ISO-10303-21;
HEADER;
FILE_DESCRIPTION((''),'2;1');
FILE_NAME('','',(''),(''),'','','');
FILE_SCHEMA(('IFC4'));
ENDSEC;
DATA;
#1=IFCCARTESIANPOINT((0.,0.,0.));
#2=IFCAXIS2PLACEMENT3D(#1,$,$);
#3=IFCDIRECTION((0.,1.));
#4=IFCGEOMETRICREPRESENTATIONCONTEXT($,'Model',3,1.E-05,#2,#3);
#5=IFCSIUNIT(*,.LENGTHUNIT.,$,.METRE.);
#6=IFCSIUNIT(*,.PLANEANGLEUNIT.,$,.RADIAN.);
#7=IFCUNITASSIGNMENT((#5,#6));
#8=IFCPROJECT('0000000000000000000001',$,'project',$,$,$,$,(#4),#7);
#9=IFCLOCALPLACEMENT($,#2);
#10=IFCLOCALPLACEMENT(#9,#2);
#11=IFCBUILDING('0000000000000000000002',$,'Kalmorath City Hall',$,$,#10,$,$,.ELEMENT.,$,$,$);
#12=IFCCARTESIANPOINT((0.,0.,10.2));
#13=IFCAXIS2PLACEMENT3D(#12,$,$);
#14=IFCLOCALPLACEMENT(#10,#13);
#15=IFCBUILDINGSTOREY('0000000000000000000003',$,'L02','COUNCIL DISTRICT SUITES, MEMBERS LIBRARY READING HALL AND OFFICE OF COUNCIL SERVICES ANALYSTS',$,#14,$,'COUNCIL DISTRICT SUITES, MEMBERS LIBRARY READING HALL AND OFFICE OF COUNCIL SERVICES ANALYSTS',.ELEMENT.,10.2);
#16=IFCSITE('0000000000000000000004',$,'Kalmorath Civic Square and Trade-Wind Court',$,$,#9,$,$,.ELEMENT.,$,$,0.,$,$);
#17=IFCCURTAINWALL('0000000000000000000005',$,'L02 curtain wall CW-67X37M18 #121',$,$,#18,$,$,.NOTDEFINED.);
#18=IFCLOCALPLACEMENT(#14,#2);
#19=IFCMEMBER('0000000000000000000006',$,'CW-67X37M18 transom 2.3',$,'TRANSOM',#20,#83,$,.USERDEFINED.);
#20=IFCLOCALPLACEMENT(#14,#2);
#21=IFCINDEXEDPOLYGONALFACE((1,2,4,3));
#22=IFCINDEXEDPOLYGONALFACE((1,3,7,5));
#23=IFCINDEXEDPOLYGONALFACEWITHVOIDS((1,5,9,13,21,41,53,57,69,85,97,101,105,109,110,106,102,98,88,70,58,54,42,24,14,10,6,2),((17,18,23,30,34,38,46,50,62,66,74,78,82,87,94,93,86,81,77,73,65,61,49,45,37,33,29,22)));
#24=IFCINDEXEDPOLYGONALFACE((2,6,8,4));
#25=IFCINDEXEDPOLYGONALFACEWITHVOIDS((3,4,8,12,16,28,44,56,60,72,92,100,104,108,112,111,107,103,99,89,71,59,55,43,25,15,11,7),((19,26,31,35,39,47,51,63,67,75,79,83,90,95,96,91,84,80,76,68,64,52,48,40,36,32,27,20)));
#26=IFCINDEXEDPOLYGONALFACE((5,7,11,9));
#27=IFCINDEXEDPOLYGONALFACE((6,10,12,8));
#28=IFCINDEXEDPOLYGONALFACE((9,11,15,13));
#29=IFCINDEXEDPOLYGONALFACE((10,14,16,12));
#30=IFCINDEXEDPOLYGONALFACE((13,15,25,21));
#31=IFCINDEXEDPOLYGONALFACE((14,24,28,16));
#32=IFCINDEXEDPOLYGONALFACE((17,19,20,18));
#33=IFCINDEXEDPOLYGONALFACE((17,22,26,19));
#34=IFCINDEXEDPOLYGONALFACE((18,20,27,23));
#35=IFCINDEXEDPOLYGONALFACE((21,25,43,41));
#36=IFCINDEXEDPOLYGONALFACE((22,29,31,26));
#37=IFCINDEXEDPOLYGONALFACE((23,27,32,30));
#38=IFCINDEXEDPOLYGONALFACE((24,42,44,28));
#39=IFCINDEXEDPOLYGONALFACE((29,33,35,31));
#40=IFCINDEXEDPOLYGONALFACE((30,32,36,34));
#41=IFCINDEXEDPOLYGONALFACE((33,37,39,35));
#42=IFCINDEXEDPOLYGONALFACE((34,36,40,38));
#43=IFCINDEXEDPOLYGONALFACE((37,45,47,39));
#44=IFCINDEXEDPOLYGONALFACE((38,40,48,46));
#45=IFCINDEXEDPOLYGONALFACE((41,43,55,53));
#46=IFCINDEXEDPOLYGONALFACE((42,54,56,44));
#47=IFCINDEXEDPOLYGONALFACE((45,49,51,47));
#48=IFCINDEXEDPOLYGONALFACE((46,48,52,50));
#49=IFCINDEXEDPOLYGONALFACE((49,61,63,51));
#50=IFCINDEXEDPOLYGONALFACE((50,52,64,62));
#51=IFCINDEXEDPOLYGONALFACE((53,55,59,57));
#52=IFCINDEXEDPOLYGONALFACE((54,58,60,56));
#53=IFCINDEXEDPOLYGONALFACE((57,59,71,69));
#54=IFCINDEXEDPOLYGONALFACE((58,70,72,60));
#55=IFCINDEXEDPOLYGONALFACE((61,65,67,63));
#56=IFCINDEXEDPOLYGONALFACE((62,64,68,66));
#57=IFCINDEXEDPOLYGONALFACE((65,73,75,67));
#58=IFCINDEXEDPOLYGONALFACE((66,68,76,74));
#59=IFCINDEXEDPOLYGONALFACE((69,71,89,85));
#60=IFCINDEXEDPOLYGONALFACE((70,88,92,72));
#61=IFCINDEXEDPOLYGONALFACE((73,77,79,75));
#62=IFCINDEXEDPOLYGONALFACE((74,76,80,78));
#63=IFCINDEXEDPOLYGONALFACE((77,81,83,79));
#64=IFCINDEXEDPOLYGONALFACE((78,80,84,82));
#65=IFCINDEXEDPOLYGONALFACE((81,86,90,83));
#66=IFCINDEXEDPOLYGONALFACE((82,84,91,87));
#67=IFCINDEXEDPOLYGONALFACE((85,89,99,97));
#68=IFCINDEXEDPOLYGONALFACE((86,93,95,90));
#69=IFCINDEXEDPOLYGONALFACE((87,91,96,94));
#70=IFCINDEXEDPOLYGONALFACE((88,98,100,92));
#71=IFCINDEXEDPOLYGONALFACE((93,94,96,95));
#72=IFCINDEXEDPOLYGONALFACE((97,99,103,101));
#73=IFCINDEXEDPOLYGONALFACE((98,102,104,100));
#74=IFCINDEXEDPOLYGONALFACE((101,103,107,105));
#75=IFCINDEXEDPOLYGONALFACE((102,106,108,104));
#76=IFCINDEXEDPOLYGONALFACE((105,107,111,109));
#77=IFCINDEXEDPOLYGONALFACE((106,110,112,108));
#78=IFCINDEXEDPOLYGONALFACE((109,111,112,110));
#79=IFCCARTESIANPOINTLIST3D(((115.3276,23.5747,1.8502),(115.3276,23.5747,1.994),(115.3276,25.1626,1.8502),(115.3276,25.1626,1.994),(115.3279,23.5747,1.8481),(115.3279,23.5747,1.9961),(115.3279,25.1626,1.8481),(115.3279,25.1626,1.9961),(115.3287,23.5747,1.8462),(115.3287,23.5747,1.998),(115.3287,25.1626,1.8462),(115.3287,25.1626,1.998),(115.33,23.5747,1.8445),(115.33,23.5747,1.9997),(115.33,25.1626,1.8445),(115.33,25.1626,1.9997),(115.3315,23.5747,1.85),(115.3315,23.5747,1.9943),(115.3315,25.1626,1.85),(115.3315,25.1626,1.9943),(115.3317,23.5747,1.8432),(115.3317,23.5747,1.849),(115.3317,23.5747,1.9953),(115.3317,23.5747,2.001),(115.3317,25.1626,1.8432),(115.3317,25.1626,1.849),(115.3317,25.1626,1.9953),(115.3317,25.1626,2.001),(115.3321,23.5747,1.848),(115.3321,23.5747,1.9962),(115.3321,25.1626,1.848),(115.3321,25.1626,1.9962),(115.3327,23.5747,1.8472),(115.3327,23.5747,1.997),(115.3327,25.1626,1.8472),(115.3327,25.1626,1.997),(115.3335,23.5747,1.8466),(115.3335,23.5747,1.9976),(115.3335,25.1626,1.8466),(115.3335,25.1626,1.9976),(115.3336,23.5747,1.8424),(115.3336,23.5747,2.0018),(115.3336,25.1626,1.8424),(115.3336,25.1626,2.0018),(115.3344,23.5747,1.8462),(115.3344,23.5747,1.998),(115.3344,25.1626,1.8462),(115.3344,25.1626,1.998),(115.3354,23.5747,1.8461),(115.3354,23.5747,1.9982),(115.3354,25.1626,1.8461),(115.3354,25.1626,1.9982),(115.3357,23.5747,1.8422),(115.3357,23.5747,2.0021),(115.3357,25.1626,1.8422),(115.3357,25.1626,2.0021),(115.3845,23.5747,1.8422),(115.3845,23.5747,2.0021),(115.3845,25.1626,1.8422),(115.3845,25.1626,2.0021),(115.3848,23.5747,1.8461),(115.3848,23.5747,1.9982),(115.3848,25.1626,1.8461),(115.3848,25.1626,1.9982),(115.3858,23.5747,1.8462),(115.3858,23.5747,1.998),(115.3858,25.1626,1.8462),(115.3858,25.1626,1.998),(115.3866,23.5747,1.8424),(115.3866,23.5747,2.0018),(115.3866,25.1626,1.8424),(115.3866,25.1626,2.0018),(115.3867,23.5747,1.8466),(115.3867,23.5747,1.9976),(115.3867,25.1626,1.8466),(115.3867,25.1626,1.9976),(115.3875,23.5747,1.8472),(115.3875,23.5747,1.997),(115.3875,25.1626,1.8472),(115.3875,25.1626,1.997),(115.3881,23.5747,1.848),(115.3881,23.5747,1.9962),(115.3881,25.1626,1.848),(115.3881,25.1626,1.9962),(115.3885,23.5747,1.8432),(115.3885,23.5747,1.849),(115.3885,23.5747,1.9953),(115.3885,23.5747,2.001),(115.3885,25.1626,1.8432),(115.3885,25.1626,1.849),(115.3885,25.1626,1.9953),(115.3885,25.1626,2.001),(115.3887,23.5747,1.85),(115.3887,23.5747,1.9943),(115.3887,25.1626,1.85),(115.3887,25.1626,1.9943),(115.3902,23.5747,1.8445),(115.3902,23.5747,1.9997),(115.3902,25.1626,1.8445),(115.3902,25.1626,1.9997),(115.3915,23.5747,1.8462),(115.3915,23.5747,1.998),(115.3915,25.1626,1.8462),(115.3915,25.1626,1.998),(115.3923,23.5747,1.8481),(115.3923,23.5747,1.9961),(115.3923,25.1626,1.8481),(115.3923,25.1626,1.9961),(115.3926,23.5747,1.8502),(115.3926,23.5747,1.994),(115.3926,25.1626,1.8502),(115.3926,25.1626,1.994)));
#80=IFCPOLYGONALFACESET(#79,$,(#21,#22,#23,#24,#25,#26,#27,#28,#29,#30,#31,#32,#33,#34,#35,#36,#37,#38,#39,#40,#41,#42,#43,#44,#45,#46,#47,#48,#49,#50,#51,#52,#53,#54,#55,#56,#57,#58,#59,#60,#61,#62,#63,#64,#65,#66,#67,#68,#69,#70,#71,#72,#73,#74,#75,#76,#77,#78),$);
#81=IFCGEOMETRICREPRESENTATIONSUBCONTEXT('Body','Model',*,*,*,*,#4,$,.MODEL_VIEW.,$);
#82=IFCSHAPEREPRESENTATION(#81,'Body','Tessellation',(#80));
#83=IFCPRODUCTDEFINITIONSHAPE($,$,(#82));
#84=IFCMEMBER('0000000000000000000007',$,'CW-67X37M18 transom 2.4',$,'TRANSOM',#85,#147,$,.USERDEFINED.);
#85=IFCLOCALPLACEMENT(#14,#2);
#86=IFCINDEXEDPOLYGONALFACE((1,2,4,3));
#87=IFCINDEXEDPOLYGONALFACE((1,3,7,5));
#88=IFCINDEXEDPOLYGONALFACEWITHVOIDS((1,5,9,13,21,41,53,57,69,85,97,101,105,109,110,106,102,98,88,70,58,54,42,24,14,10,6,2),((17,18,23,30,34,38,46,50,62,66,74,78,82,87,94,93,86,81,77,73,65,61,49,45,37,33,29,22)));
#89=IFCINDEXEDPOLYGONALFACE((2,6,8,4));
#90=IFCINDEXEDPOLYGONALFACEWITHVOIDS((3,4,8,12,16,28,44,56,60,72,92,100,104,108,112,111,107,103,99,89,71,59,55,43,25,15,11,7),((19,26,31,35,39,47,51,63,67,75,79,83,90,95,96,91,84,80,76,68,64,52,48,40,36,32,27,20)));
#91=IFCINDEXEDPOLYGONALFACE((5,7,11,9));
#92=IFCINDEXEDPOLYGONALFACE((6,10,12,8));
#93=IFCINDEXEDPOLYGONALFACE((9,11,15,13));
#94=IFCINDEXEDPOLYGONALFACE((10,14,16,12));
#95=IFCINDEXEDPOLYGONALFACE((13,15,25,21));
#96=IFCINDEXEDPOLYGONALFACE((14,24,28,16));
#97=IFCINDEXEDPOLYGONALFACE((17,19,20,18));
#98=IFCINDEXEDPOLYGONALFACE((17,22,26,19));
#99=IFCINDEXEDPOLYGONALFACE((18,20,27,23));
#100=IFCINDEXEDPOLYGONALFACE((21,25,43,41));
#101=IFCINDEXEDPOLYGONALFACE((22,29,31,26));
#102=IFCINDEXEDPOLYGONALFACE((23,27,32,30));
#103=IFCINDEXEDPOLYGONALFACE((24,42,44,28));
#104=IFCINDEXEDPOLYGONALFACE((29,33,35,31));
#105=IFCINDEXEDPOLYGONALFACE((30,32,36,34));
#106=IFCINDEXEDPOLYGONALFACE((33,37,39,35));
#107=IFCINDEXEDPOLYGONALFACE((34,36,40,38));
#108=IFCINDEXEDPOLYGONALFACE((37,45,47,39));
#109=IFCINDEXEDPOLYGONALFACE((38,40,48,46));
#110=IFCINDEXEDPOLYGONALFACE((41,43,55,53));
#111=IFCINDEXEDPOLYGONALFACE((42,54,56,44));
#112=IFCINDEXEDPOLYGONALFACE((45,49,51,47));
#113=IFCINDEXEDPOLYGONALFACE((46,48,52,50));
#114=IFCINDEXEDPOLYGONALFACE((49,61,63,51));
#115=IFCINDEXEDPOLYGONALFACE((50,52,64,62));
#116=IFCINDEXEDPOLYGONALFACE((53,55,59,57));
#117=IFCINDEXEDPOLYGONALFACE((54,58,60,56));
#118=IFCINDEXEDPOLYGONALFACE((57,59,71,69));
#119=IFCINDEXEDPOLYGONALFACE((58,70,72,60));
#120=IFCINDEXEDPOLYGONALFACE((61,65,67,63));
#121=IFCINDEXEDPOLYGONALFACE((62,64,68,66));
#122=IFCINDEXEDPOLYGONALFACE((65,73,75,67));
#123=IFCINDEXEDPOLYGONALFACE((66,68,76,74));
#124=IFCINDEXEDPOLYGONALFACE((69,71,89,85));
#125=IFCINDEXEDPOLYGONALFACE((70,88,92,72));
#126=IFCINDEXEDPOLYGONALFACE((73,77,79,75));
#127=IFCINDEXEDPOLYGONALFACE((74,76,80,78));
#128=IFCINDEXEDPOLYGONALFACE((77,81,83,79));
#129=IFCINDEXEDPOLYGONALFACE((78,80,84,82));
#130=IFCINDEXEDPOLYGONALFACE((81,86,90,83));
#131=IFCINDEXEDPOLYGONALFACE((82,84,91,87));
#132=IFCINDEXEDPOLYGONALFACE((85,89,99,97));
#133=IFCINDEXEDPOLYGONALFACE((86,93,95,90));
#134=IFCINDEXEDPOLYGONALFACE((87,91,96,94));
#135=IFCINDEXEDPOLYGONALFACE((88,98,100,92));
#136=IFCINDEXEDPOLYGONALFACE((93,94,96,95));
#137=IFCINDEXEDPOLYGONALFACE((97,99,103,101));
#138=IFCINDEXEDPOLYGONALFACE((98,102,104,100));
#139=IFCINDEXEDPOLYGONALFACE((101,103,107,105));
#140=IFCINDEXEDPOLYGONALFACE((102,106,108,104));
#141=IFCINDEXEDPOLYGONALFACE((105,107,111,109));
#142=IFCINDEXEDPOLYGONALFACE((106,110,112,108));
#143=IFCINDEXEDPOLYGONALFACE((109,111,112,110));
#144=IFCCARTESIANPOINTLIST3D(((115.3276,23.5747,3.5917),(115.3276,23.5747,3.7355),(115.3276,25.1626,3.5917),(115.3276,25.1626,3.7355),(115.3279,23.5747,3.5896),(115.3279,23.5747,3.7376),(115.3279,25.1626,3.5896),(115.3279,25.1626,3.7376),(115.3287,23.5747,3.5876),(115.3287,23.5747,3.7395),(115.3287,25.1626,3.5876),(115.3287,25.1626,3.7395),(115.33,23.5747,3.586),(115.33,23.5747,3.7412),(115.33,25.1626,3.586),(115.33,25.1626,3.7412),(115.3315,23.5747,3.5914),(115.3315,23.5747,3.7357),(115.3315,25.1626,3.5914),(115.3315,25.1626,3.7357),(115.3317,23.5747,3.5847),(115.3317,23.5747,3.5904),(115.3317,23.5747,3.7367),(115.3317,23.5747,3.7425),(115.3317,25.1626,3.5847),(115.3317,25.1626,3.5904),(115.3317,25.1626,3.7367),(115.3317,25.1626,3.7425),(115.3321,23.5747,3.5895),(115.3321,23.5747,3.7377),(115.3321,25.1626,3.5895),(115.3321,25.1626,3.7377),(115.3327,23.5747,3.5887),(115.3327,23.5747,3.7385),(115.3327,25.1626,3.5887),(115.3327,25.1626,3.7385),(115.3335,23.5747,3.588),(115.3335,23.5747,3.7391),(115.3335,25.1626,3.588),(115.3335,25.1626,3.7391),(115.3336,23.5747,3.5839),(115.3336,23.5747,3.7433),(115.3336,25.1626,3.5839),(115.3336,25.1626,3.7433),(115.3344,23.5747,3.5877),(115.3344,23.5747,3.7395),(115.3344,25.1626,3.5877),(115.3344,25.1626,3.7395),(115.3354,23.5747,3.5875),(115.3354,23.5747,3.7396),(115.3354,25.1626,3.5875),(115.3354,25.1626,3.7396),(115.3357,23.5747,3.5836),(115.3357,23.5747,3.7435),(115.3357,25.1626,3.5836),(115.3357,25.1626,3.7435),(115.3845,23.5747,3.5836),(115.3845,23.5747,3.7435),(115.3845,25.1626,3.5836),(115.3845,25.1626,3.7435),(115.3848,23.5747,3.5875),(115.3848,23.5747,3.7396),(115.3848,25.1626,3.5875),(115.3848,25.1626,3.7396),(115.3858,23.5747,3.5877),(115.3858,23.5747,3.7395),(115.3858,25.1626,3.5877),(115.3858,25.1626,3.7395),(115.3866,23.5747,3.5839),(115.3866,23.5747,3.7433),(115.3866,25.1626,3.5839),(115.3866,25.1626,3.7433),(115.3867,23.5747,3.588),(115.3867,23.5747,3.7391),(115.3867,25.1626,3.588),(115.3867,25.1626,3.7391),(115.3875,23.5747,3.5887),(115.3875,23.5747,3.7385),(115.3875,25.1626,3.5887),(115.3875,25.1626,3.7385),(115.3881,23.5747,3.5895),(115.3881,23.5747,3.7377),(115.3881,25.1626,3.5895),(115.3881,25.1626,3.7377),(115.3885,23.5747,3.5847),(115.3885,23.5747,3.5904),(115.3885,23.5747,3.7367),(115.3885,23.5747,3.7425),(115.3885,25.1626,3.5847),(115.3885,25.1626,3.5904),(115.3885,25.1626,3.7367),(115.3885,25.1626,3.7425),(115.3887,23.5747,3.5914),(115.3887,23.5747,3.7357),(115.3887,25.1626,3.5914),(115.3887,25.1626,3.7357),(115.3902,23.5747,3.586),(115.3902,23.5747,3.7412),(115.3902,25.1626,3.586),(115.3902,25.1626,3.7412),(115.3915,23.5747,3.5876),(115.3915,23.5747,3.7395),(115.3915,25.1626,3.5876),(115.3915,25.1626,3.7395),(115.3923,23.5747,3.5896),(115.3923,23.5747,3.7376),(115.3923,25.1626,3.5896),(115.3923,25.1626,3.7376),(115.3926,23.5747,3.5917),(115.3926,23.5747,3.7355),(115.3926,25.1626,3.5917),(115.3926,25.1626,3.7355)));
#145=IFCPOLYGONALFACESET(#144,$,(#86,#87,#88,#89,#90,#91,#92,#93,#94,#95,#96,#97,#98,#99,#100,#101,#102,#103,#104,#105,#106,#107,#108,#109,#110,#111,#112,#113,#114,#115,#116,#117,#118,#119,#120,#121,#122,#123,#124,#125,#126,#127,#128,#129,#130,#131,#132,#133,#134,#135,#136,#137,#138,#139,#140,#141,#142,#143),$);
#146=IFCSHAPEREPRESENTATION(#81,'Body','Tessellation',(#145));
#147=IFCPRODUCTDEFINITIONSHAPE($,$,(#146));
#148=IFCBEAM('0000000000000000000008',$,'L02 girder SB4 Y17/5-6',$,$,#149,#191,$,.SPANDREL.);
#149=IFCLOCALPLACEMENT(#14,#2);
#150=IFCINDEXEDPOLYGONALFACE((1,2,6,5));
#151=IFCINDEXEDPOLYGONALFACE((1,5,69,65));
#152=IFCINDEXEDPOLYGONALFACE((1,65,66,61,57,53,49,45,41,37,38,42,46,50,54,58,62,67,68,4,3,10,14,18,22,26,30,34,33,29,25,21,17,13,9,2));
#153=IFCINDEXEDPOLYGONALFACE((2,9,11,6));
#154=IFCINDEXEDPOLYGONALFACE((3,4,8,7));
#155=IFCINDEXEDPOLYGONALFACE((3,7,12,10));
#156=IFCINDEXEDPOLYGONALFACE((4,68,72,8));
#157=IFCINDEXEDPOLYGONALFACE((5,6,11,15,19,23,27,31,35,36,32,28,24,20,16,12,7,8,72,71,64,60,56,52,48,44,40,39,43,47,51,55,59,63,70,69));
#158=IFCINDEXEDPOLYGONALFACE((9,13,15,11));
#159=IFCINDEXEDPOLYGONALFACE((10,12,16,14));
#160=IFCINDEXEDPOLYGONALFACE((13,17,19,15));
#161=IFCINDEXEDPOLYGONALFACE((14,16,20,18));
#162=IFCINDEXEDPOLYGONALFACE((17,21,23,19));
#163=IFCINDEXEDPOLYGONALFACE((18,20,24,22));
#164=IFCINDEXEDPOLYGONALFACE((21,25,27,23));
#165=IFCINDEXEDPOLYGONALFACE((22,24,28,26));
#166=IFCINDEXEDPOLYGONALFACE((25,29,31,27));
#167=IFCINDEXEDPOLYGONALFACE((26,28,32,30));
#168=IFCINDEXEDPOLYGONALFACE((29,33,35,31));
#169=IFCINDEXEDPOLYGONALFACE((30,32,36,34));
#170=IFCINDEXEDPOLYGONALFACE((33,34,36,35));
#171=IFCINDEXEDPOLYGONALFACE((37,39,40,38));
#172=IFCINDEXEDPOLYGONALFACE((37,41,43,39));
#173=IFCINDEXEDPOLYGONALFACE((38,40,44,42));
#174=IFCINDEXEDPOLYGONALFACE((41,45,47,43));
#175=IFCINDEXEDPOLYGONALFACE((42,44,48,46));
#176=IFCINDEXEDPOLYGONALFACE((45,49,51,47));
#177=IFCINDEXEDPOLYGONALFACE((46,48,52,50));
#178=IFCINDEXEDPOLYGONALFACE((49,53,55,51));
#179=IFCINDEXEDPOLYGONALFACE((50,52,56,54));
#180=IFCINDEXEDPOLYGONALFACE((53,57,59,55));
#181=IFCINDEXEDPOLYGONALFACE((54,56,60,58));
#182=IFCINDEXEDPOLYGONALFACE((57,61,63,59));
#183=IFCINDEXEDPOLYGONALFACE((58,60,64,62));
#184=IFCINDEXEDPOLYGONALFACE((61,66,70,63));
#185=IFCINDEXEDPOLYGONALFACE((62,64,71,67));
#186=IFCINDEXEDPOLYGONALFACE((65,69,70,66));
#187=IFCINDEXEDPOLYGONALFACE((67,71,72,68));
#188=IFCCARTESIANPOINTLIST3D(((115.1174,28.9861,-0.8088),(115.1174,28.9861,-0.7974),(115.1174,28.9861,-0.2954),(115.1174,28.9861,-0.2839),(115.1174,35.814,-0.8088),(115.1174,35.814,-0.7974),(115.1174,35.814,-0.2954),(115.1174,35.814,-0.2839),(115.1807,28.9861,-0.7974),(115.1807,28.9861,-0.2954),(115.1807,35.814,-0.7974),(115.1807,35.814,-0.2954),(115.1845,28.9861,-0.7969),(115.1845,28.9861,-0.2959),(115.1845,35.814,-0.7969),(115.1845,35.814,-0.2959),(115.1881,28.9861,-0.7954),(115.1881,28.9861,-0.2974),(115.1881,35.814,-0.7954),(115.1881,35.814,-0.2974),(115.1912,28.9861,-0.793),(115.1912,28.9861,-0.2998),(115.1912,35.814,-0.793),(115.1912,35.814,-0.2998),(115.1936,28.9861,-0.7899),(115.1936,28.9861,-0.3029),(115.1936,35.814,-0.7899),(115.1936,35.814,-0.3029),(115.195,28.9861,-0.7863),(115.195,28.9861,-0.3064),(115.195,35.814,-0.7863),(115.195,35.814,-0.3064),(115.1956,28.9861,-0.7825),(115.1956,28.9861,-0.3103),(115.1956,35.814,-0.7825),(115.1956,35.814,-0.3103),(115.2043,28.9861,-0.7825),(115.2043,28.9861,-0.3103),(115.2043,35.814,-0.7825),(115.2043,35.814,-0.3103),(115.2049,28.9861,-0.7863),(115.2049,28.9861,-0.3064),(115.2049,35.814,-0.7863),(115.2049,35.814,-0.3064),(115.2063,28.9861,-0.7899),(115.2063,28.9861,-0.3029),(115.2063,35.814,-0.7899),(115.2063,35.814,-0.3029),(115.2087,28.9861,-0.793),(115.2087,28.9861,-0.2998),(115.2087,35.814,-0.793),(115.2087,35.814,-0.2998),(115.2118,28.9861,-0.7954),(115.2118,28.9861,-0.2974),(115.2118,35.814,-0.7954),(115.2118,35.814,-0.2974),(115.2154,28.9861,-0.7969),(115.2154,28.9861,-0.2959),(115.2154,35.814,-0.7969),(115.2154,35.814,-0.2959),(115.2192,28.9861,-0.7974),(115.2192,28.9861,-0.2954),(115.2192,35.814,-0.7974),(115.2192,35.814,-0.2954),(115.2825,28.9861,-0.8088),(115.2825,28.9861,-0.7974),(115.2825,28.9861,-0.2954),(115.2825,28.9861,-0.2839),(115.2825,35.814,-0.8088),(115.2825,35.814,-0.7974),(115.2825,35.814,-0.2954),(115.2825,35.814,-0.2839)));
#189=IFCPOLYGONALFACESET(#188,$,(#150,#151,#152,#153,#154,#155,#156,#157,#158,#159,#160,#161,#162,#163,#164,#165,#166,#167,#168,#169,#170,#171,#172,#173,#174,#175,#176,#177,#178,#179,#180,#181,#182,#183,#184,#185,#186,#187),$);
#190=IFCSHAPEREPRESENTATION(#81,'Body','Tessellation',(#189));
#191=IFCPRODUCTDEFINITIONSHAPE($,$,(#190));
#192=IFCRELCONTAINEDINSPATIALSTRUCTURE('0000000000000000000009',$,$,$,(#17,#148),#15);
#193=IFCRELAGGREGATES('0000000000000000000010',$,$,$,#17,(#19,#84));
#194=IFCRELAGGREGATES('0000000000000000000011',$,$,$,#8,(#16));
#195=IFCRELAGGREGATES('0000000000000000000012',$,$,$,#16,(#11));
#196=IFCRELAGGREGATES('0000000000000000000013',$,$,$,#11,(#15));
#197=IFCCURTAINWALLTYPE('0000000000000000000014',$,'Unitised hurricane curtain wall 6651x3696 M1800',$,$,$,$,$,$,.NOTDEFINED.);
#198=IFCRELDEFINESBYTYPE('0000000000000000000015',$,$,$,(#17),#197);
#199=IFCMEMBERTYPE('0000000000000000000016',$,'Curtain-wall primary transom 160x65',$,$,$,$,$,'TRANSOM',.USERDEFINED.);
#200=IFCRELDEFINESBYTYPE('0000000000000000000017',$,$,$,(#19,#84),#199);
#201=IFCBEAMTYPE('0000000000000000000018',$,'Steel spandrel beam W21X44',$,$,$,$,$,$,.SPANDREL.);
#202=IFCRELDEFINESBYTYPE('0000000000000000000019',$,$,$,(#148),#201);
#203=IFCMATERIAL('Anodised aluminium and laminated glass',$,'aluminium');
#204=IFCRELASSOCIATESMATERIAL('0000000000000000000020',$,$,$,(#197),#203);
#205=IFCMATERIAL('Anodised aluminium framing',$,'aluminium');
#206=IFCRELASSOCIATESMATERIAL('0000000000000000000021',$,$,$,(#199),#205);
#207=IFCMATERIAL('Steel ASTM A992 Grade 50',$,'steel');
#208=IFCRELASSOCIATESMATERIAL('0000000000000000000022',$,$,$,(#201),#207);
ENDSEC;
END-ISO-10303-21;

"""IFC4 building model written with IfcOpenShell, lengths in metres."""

from ifc_helpers import new_model, si_unit, direction, frame, origin, origin_2d, place, context, subcontext, project, spatial, hollow_rectangle, i_section, extrude, material, material_profile, profile_set, type_object, element, aggregate, save


model = new_model("IFC4")

# Units and contexts
model_context = context("Model", 3, precision=1e-05, world=origin(), true_north=direction((0.0, 1.0)))
body_context = subcontext(model_context, "Body", "Model", "MODEL_VIEW")
ifc_project = project(units=[si_unit("LENGTHUNIT", "METRE"), si_unit("PLANEANGLEUNIT", "RADIAN")], contexts=[model_context])

# Site, building, storey
site_placement = place(None, origin())
site = spatial("IfcSite", under=ifc_project, at=site_placement, Name="Kalmorath Civic Square and Trade-Wind Court", CompositionType="ELEMENT", RefElevation=0.0)
building_placement = place(site_placement, origin())
building = spatial("IfcBuilding", under=site, at=building_placement, Name="Kalmorath City Hall", CompositionType="ELEMENT")
storey_placement = place(building_placement, frame((0.0, 0.0, 10.2)))
storey = spatial("IfcBuildingStorey", under=building, at=storey_placement, Name="L02", Description="COUNCIL DISTRICT SUITES, MEMBERS LIBRARY READING HALL AND OFFICE OF COUNCIL SERVICES ANALYSTS", LongName="COUNCIL DISTRICT SUITES, MEMBERS LIBRARY READING HALL AND OFFICE OF COUNCIL SERVICES ANALYSTS", CompositionType="ELEMENT", Elevation=10.2)

# Curtain wall, members
ifc_material_1 = material(Name="Anodised aluminium and laminated glass", Category="aluminium")
curtain_wall_type = type_object("IfcCurtainWallType", Name="Unitised hurricane curtain wall 6651x3696 M1800", PredefinedType="NOTDEFINED", material=ifc_material_1)
curtain_wall_placement = place(storey_placement, origin())
curtain_wall = element("IfcCurtainWall", 1, at=curtain_wall_placement, inside=storey, type_object=curtain_wall_type, Name="L02 curtain wall CW-67X37M18 #121", PredefinedType="NOTDEFINED")
ifc_material_2 = material(Name="Anodised aluminium framing", Category="aluminium")
ifc_material_profile_1 = material_profile(ifc_material_2, hollow_rectangle(XDim=0.0649, YDim=0.1599, WallThickness=0.0039, InnerFilletRadius=0.0039, OuterFilletRadius=0.0081, at=origin_2d()), Name="ALU-TRN-160X65X4")
ifc_profile_set_1 = profile_set([ifc_material_profile_1], Name="Anodised aluminium framing")
member_type_1 = type_object("IfcMemberType", Name="Curtain-wall primary transom 160x65", ElementType="TRANSOM", PredefinedType="USERDEFINED", material=ifc_profile_set_1)
member_1_placement = place(storey_placement, frame((115.3601, 23.5747, 1.9221), z_axis=(0.0, 1.0, 0.0), x_axis=(-1.0, 0.0, 0.0)))
member_1 = element("IfcMember", 2, at=member_1_placement, type_object=member_type_1, Name="CW-67X37M18 transom 2.3", ObjectType="TRANSOM", PredefinedType="USERDEFINED", context=body_context, shape_type="SweptSolid", body=[
    extrude(hollow_rectangle(XDim=0.0649, YDim=0.1599, WallThickness=0.0039, InnerFilletRadius=0.0039, OuterFilletRadius=0.0081, at=origin_2d()), origin(), (0.0, 0.0, 1.0), 1.5879),
])
member_2_placement = place(storey_placement, frame((115.3601, 23.5747, 3.6636), z_axis=(0.0, 1.0, 0.0), x_axis=(-1.0, 0.0, 0.0)))
member_2 = element("IfcMember", 3, at=member_2_placement, type_object=member_type_1, Name="CW-67X37M18 transom 2.4", ObjectType="TRANSOM", PredefinedType="USERDEFINED", context=body_context, shape_type="SweptSolid", body=[
    extrude(hollow_rectangle(XDim=0.0649, YDim=0.1599, WallThickness=0.0039, InnerFilletRadius=0.0039, OuterFilletRadius=0.0081, at=origin_2d()), origin(), (0.0, 0.0, 1.0), 1.5879),
])

# Beam
ifc_material_3 = material(Name="Steel ASTM A992 Grade 50", Category="steel")
ifc_material_profile_2 = material_profile(ifc_material_3, i_section(OverallWidth=0.165, OverallDepth=0.5249, WebThickness=0.0088, FlangeThickness=0.0115, FilletRadius=0.0149, at=origin_2d()), Name="W21X44")
ifc_profile_set_2 = profile_set([ifc_material_profile_2], Name="Steel ASTM A992 Grade 50")
beam_type = type_object("IfcBeamType", Name="Steel spandrel beam W21X44", PredefinedType="SPANDREL", material=ifc_profile_set_2)
beam_placement = place(storey_placement, frame((115.2, 28.9861, -0.5464), z_axis=(0.0, 1.0, 0.0), x_axis=(-1.0, 0.0, 0.0)))
element("IfcBeam", 4, at=beam_placement, inside=storey, type_object=beam_type, Name="L02 girder SB4 Y17/5-6", PredefinedType="SPANDREL", context=body_context, shape_type="SweptSolid", body=[
    extrude(i_section(OverallWidth=0.165, OverallDepth=0.5249, WebThickness=0.0088, FlangeThickness=0.0115, FilletRadius=0.0149, at=origin_2d()), origin(), (0.0, 0.0, 1.0), 6.8279),
])

aggregate(curtain_wall, [member_1, member_2])

save(model, "model.ifc")
